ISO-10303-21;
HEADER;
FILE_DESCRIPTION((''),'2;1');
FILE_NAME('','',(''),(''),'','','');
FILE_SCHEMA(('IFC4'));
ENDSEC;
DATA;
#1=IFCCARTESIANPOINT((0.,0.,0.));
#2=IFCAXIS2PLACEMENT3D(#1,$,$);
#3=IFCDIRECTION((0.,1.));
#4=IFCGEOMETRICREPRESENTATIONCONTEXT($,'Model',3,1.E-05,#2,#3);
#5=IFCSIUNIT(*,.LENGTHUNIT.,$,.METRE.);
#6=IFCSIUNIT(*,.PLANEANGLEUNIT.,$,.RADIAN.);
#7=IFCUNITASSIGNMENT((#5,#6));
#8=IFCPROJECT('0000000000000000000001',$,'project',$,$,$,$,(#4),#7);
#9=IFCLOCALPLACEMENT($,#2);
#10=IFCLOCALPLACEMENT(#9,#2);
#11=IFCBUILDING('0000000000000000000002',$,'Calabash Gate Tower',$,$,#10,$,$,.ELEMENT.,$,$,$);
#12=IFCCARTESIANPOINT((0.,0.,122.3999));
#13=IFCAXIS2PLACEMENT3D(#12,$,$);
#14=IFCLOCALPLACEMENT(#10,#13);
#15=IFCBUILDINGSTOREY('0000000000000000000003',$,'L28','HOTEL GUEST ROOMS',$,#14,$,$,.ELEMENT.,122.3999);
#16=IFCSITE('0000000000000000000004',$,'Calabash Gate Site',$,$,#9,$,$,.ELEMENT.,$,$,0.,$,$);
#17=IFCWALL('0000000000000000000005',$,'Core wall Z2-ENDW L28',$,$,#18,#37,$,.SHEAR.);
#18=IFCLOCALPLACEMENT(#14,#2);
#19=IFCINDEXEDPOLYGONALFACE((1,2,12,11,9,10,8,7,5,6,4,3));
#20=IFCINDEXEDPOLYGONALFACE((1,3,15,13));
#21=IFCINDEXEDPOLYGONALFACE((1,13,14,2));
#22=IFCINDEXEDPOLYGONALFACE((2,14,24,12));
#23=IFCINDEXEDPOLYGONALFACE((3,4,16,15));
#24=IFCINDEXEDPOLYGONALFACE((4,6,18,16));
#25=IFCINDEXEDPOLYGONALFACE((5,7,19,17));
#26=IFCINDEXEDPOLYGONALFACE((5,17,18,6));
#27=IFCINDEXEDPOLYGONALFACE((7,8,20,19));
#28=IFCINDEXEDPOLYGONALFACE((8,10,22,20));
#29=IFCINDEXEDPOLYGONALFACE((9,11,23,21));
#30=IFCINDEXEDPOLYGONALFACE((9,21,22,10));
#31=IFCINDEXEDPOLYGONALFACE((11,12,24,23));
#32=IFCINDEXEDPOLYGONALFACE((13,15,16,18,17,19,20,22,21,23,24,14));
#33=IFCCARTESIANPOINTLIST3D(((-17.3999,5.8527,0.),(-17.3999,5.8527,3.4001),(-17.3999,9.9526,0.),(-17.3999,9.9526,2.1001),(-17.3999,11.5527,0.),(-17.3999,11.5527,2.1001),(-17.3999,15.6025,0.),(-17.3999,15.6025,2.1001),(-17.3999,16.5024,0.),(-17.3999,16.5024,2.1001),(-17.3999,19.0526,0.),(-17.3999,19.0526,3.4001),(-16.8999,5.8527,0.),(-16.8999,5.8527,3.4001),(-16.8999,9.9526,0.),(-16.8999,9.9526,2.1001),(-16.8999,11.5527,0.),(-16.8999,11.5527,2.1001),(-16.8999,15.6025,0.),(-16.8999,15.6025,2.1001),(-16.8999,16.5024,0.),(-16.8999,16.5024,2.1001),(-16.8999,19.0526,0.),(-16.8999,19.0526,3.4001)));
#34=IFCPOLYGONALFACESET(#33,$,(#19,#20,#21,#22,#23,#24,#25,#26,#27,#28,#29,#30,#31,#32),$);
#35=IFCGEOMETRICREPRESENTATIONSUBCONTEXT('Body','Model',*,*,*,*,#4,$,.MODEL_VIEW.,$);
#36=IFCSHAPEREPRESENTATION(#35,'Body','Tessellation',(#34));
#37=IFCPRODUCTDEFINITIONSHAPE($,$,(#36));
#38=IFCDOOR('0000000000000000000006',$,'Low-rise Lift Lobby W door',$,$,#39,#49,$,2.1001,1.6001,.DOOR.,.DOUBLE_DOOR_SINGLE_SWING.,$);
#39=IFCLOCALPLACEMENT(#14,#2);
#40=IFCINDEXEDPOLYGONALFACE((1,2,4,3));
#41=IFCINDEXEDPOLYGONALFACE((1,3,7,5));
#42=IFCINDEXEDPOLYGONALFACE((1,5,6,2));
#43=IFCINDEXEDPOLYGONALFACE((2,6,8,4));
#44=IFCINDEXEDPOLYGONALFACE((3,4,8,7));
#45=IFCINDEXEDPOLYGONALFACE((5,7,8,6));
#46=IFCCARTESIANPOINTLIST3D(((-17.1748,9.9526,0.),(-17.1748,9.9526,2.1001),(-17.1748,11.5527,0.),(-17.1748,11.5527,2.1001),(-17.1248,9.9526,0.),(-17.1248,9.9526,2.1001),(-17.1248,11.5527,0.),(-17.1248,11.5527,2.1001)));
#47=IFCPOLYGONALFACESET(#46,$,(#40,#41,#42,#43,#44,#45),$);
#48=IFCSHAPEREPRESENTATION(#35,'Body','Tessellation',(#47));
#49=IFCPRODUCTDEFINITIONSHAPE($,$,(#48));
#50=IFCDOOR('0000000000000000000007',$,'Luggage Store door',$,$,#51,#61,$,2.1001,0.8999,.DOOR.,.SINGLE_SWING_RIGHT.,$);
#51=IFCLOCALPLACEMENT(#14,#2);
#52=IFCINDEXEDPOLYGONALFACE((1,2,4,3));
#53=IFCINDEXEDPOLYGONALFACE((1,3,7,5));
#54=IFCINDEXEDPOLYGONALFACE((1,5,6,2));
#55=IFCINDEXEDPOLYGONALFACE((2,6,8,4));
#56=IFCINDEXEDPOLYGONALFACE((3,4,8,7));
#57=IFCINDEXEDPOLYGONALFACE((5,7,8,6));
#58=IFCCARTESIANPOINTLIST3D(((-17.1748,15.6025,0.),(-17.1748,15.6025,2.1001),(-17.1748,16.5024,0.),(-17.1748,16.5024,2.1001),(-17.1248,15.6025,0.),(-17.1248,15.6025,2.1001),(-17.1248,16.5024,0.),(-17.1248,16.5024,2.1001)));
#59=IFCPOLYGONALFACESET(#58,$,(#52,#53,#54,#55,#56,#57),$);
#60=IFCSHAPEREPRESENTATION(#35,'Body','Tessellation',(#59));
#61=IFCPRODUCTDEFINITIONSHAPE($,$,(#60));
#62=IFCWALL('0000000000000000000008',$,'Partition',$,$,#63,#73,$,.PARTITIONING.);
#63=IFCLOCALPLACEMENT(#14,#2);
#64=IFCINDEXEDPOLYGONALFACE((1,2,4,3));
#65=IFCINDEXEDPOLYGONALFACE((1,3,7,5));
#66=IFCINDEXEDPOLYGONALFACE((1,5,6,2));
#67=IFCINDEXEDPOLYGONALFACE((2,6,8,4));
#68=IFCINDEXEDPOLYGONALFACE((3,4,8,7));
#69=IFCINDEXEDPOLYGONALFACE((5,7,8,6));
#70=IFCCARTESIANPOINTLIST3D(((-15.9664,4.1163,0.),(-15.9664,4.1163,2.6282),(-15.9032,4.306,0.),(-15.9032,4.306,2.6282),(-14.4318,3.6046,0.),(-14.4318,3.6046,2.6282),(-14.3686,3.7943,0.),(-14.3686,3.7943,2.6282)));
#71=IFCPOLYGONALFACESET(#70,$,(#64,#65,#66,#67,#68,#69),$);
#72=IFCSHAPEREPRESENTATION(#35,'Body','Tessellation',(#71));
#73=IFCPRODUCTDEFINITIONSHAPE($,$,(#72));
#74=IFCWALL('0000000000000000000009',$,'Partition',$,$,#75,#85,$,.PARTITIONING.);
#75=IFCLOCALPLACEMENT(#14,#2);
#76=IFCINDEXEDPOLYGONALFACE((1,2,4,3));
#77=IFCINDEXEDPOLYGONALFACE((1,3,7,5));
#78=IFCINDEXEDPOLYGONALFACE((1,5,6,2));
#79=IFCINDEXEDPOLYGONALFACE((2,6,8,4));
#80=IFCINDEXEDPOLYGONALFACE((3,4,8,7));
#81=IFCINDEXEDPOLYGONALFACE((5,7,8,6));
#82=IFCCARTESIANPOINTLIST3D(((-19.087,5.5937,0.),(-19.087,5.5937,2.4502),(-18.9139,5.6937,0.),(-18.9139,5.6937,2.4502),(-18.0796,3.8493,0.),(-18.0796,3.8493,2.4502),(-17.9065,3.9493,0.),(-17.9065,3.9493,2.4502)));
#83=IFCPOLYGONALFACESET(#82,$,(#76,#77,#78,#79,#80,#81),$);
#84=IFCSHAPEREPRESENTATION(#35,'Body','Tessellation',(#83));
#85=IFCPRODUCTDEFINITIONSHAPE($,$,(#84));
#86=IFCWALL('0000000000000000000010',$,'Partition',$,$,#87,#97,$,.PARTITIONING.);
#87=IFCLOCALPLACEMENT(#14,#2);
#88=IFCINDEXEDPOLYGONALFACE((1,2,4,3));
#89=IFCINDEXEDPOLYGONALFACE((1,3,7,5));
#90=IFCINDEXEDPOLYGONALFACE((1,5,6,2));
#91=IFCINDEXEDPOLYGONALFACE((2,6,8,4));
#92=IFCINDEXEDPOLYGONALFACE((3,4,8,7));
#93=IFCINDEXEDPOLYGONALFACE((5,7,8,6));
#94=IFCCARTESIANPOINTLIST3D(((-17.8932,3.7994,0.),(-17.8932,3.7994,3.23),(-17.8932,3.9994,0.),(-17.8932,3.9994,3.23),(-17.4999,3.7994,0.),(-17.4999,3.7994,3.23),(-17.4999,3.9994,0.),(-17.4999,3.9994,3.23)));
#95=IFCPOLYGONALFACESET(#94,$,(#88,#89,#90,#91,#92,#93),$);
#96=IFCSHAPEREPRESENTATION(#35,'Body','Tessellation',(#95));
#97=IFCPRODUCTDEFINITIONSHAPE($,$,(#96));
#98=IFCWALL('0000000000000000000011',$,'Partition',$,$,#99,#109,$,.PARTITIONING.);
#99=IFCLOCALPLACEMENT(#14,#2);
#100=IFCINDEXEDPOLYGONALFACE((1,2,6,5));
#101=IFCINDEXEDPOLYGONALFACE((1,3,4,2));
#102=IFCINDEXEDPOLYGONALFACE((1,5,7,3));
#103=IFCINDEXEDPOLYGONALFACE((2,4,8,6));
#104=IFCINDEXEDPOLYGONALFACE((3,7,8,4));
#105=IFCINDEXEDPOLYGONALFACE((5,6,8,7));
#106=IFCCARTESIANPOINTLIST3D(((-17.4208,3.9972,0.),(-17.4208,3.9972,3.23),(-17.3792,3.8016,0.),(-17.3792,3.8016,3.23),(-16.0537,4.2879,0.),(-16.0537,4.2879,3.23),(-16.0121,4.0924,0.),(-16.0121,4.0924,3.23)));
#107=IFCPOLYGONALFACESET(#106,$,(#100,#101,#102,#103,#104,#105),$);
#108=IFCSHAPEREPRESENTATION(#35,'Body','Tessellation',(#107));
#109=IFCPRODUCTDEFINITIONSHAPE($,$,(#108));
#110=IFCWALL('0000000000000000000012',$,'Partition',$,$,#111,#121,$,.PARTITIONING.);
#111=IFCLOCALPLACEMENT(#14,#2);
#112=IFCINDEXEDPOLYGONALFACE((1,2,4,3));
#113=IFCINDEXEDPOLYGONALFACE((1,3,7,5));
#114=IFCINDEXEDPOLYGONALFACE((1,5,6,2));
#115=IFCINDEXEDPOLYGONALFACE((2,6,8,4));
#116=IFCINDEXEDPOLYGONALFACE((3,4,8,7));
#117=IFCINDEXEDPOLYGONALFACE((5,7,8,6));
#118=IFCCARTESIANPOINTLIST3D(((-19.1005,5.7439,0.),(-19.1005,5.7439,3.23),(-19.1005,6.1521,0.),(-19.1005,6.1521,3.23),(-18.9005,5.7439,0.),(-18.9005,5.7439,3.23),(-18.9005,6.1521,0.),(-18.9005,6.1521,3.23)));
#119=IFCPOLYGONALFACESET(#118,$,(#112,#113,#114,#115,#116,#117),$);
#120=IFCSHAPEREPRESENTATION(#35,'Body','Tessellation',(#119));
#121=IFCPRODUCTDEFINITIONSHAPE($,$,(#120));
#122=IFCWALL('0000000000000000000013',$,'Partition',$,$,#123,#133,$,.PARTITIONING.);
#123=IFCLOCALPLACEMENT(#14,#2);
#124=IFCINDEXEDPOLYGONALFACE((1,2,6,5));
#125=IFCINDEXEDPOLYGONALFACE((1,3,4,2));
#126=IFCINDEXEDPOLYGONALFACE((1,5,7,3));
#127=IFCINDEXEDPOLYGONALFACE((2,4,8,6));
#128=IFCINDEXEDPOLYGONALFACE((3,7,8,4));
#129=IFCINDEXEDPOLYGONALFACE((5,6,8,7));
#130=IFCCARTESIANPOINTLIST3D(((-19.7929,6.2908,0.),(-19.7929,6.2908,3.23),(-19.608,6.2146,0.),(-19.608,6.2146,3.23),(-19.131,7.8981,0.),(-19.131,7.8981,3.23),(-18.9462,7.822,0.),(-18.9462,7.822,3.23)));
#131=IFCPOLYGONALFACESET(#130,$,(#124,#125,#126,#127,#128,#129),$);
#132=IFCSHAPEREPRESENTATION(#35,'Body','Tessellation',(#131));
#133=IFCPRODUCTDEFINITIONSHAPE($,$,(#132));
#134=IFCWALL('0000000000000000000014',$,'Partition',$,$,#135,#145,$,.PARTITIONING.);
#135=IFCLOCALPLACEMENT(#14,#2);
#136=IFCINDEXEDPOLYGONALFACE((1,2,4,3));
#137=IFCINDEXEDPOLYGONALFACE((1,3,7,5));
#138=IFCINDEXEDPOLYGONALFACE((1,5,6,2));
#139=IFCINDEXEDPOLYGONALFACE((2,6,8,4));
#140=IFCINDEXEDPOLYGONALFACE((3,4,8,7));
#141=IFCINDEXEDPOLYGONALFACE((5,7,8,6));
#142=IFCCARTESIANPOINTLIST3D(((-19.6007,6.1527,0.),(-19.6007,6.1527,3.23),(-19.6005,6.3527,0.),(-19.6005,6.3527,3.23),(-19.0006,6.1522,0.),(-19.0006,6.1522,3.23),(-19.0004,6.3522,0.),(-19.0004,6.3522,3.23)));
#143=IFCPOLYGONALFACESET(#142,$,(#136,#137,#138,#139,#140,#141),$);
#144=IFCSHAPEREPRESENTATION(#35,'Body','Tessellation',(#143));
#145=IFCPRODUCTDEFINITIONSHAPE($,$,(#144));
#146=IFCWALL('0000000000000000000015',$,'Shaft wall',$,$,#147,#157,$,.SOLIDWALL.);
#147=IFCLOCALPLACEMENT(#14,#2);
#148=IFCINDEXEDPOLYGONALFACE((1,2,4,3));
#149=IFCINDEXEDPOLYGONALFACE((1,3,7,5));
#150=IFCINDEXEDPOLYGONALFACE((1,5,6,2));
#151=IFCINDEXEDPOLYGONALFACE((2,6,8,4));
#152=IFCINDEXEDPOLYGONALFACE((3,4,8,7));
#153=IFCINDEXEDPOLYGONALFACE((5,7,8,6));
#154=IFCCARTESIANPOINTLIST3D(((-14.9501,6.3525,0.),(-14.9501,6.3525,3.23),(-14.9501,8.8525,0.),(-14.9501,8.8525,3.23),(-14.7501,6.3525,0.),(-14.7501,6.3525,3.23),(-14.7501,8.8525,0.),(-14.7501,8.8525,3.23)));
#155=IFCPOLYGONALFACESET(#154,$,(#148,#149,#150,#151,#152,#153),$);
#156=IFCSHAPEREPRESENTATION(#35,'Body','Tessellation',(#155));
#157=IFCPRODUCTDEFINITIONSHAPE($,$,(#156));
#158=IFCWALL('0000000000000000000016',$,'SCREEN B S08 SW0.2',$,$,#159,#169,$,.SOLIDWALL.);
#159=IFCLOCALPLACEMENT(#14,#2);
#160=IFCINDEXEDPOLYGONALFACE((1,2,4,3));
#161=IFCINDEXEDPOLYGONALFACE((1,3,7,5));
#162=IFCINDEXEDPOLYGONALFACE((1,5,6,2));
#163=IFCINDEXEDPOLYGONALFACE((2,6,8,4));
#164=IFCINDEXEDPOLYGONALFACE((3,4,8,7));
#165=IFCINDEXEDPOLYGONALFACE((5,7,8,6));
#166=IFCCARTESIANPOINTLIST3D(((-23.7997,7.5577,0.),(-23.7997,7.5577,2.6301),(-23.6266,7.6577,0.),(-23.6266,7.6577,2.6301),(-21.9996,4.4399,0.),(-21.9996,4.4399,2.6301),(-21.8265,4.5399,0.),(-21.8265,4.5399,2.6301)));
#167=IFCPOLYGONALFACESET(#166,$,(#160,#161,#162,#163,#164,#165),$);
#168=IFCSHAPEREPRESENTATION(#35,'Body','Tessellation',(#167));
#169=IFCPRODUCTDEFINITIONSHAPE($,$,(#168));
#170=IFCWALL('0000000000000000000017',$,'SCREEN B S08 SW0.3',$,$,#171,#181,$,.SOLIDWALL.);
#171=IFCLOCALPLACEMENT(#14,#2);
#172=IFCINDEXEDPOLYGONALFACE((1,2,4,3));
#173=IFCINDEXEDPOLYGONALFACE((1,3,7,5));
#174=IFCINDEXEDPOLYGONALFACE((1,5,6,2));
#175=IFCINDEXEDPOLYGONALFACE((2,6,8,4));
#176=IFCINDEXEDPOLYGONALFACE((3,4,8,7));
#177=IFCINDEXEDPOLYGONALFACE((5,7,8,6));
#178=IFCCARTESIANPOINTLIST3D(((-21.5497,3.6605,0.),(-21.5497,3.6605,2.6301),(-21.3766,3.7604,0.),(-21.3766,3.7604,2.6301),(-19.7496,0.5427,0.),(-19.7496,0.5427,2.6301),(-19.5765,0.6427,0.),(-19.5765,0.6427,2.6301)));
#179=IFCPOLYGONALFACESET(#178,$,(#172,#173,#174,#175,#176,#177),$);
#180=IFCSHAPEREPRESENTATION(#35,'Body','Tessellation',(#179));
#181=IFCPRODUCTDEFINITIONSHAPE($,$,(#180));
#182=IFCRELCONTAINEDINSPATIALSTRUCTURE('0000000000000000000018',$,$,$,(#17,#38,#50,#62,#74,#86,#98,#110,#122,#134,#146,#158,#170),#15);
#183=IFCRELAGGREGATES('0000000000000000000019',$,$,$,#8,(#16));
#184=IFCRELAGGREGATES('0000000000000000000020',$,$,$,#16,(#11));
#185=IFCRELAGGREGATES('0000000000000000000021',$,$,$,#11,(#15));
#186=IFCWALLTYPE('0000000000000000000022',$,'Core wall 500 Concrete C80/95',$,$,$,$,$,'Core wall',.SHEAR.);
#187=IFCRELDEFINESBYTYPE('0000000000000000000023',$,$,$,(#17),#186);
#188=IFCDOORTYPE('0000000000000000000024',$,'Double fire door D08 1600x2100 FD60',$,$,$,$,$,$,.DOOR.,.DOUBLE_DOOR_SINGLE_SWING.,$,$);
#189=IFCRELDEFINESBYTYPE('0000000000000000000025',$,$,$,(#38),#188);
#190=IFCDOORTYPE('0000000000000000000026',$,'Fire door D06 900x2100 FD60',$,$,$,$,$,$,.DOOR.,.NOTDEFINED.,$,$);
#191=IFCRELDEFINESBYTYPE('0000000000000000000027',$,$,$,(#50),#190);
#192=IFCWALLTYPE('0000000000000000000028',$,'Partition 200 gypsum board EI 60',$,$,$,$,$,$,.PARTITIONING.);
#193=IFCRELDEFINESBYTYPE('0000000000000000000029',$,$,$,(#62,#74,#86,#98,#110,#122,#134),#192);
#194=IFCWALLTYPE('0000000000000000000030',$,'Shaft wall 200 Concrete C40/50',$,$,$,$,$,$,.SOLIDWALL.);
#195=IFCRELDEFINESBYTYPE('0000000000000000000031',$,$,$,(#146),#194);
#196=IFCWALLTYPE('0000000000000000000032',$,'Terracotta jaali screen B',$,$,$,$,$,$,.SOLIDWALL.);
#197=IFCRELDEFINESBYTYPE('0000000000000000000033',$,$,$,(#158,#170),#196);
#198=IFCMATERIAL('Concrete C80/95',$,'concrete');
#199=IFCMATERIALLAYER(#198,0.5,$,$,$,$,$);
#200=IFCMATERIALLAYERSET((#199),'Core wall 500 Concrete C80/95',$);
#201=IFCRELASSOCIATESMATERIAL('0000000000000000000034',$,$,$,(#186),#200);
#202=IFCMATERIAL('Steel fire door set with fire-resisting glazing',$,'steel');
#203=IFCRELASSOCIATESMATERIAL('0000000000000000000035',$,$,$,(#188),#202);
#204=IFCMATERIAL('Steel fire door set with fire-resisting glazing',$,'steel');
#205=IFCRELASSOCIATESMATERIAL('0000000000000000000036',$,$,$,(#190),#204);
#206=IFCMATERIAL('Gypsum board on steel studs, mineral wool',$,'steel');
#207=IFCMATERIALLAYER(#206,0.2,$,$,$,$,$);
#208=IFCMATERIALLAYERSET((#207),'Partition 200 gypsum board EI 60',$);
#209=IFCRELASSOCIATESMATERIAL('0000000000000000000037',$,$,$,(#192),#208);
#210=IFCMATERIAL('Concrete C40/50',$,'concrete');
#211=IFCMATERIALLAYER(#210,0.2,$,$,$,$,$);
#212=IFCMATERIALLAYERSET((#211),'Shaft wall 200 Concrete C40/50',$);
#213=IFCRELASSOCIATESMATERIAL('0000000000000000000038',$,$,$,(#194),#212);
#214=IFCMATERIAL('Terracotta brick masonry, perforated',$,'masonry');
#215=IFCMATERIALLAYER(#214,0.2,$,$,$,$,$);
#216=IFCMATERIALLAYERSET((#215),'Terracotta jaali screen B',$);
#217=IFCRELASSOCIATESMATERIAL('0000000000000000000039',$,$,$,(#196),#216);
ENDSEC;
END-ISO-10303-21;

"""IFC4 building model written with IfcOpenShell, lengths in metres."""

from ifc_helpers import new_model, si_unit, direction, frame, frame_2d, origin, place, context, subcontext, project, spatial, rectangle, extrude, material, layer, layer_set, type_object, element, fill, save


model = new_model("IFC4")

# Units and contexts
model_context = context("Model", 3, precision=1e-05, world=origin(), true_north=direction((0.0, 1.0)))
body_context = subcontext(model_context, "Body", "Model", "MODEL_VIEW")
ifc_project = project(units=[si_unit("LENGTHUNIT", "METRE"), si_unit("PLANEANGLEUNIT", "RADIAN")], contexts=[model_context])

# Site, building, storey
site_placement = place(None, origin())
site = spatial("IfcSite", under=ifc_project, at=site_placement, Name="Calabash Gate Site", CompositionType="ELEMENT", RefElevation=0.0)
building_placement = place(site_placement, origin())
building = spatial("IfcBuilding", under=site, at=building_placement, Name="Calabash Gate Tower", CompositionType="ELEMENT")
storey_placement = place(building_placement, frame((0.0, 0.0, 122.3999)))
storey = spatial("IfcBuildingStorey", under=building, at=storey_placement, Name="L28", Description="HOTEL GUEST ROOMS", CompositionType="ELEMENT", Elevation=122.3999)

# Wall, openings, doors
ifc_material_1 = material(Name="Concrete C80/95", Category="concrete")
ifc_layer_1 = layer(ifc_material_1, 0.5)
ifc_layer_set_1 = layer_set([ifc_layer_1], Name="Core wall 500 Concrete C80/95")
wall_type_1 = type_object("IfcWallType", Name="Core wall 500 Concrete C80/95", ElementType="Core wall", PredefinedType="SHEAR", material=ifc_layer_set_1)
wall_1_placement = place(storey_placement, frame((-17.1499, 5.8525, 0.0), z_axis=(0.0, 0.0, 1.0), x_axis=(0.0, 1.0, 0.0)))
wall_1 = element("IfcWall", 1, at=wall_1_placement, inside=storey, type_object=wall_type_1, Name="Core wall Z2-ENDW L28", PredefinedType="SHEAR", context=body_context, shape_type="SweptSolid", body=[
    extrude(rectangle(XDim=13.2, YDim=0.5, at=frame_2d((6.6001, 0.0))), origin(), (0.0, 0.0, 1.0), 3.4001),
])
opening_1_placement = place(wall_1_placement, frame((4.1001, 0.0, 0.0)))
opening_1 = element("IfcOpeningElement", 2, at=opening_1_placement, cuts=wall_1, PredefinedType="OPENING", context=body_context, shape_type="SweptSolid", body=[
    extrude(rectangle(XDim=1.6001, YDim=2.1001, at=frame_2d((0.8, 1.05))), frame((0.0, 0.26, 0.0), z_axis=(0.0, -1.0, 0.0), x_axis=(1.0, 0.0, 0.0)), (0.0, 0.0, 1.0), 0.52),
])
opening_2_placement = place(wall_1_placement, frame((9.75, 0.0, 0.0)))
opening_2 = element("IfcOpeningElement", 3, at=opening_2_placement, cuts=wall_1, PredefinedType="OPENING", context=body_context, shape_type="SweptSolid", body=[
    extrude(rectangle(XDim=0.8999, YDim=2.1001, at=frame_2d((0.45, 1.05))), frame((0.0, 0.26, 0.0), z_axis=(0.0, -1.0, 0.0), x_axis=(1.0, 0.0, 0.0)), (0.0, 0.0, 1.0), 0.52),
])
ifc_material_2 = material(Name="Steel fire door set with fire-resisting glazing", Category="steel")
door_type_1 = type_object("IfcDoorType", Name="Double fire door D08 1600x2100 FD60", OperationType="DOUBLE_DOOR_SINGLE_SWING", PredefinedType="DOOR", material=ifc_material_2)
door_1_placement = place(opening_1_placement, origin())
door_1 = element("IfcDoor", 4, at=door_1_placement, inside=storey, type_object=door_type_1, Name="Low-rise Lift Lobby W door", OperationType="DOUBLE_DOOR_SINGLE_SWING", OverallHeight=2.1001, OverallWidth=1.6001, PredefinedType="DOOR", context=body_context, shape_type="SweptSolid", body=[
    extrude(rectangle(XDim=1.6001, YDim=2.1001, at=frame_2d((0.8, 1.05))), frame((0.0, 0.0249, 0.0), z_axis=(0.0, -1.0, 0.0), x_axis=(1.0, 0.0, 0.0)), (0.0, 0.0, 1.0), 0.05),
])
fill(opening_1, door_1)
ifc_material_3 = material(Name="Steel fire door set with fire-resisting glazing", Category="steel")
door_type_2 = type_object("IfcDoorType", Name="Fire door D06 900x2100 FD60", OperationType="NOTDEFINED", PredefinedType="DOOR", material=ifc_material_3)
door_2_placement = place(opening_2_placement, origin())
door_2 = element("IfcDoor", 5, at=door_2_placement, inside=storey, type_object=door_type_2, Name="Luggage Store door", OperationType="SINGLE_SWING_RIGHT", OverallHeight=2.1001, OverallWidth=0.8999, PredefinedType="DOOR", context=body_context, shape_type="SweptSolid", body=[
    extrude(rectangle(XDim=0.8999, YDim=2.1001, at=frame_2d((0.45, 1.05))), frame((0.0, 0.0249, 0.0), z_axis=(0.0, -1.0, 0.0), x_axis=(1.0, 0.0, 0.0)), (0.0, 0.0, 1.0), 0.05),
])
fill(opening_2, door_2)

# Walls
ifc_material_4 = material(Name="Gypsum board on steel studs, mineral wool", Category="steel")
ifc_layer_2 = layer(ifc_material_4, 0.2)
ifc_layer_set_2 = layer_set([ifc_layer_2], Name="Partition 200 gypsum board EI 60")
wall_type_2 = type_object("IfcWallType", Name="Partition 200 gypsum board EI 60", PredefinedType="PARTITIONING", material=ifc_layer_set_2)
wall_2_placement = place(storey_placement, frame((-15.9348, 4.2112, 0.0), z_axis=(0.0, 0.0, 1.0), x_axis=(0.948653, -0.316318, 0.0)))
element("IfcWall", 6, at=wall_2_placement, inside=storey, type_object=wall_type_2, Name="Partition", PredefinedType="PARTITIONING", context=body_context, shape_type="SweptSolid", body=[
    extrude(rectangle(XDim=1.6177, YDim=0.2, at=frame_2d((0.8088, 0.0))), origin(), (0.0, 0.0, 1.0), 2.6282),
])
wall_3_placement = place(storey_placement, frame((-19.0005, 5.6438, 0.0), z_axis=(0.0, 0.0, 1.0), x_axis=(0.500076, -0.865982, 0.0)))
element("IfcWall", 7, at=wall_3_placement, inside=storey, type_object=wall_type_2, Name="Partition", PredefinedType="PARTITIONING", context=body_context, shape_type="SweptSolid", body=[
    extrude(rectangle(XDim=2.0144, YDim=0.2, at=frame_2d((1.0073, 0.0))), origin(), (0.0, 0.0, 1.0), 2.4502),
])
wall_4_placement = place(storey_placement, frame((-17.8933, 3.8994, 0.0), z_axis=(0.0, 0.0, 1.0), x_axis=(1.0, 0.0, 0.0)))
element("IfcWall", 8, at=wall_4_placement, inside=storey, type_object=wall_type_2, Name="Partition", PredefinedType="PARTITIONING", context=body_context, shape_type="SweptSolid", body=[
    extrude(rectangle(XDim=0.3933, YDim=0.2, at=frame_2d((0.1968, 0.0))), origin(), (0.0, 0.0, 1.0), 3.23),
])
wall_5_placement = place(storey_placement, frame((-17.3999, 3.8994, 0.0), z_axis=(0.0, 0.0, 1.0), x_axis=(0.978123, 0.208026, 0.0)))
element("IfcWall", 9, at=wall_5_placement, inside=storey, type_object=wall_type_2, Name="Partition", PredefinedType="PARTITIONING", context=body_context, shape_type="SweptSolid", body=[
    extrude(rectangle(XDim=1.3977, YDim=0.2, at=frame_2d((0.6987, 0.0))), origin(), (0.0, 0.0, 1.0), 3.23),
])
wall_6_placement = place(storey_placement, frame((-19.0005, 6.1521, 0.0), z_axis=(0.0, 0.0, 1.0), x_axis=(0.0, -1.0, 0.0)))
element("IfcWall", 10, at=wall_6_placement, inside=storey, type_object=wall_type_2, Name="Partition", PredefinedType="PARTITIONING", context=body_context, shape_type="SweptSolid", body=[
    extrude(rectangle(XDim=0.4082, YDim=0.2, at=frame_2d((0.2041, 0.0))), origin(), (0.0, 0.0, 1.0), 3.23),
])
wall_7_placement = place(storey_placement, frame((-19.7004, 6.2527, 0.0), z_axis=(0.0, 0.0, 1.0), x_axis=(0.380743, 0.924681, 0.0)))
element("IfcWall", 11, at=wall_7_placement, inside=storey, type_object=wall_type_2, Name="Partition", PredefinedType="PARTITIONING", context=body_context, shape_type="SweptSolid", body=[
    extrude(rectangle(XDim=1.7383, YDim=0.2, at=frame_2d((0.8691, 0.0))), origin(), (0.0, 0.0, 1.0), 3.23),
])
wall_8_placement = place(storey_placement, frame((-19.6006, 6.2527, 0.0), z_axis=(0.0, 0.0, 1.0), x_axis=(1.0, -0.000814, 0.0)))
element("IfcWall", 12, at=wall_8_placement, inside=storey, type_object=wall_type_2, Name="Partition", PredefinedType="PARTITIONING", context=body_context, shape_type="SweptSolid", body=[
    extrude(rectangle(XDim=0.6001, YDim=0.2, at=frame_2d((0.3, 0.0))), origin(), (0.0, 0.0, 1.0), 3.23),
])
ifc_material_5 = material(Name="Concrete C40/50", Category="concrete")
ifc_layer_3 = layer(ifc_material_5, 0.2)
ifc_layer_set_3 = layer_set([ifc_layer_3], Name="Shaft wall 200 Concrete C40/50")
wall_type_3 = type_object("IfcWallType", Name="Shaft wall 200 Concrete C40/50", PredefinedType="SOLIDWALL", material=ifc_layer_set_3)
wall_9_placement = place(storey_placement, frame((-14.8501, 6.3525, 0.0), z_axis=(0.0, 0.0, 1.0), x_axis=(0.0, 1.0, 0.0)))
element("IfcWall", 13, at=wall_9_placement, inside=storey, type_object=wall_type_3, Name="Shaft wall", PredefinedType="SOLIDWALL", context=body_context, shape_type="SweptSolid", body=[
    extrude(rectangle(XDim=2.5, YDim=0.2, at=frame_2d((1.25, 0.0))), origin(), (0.0, 0.0, 1.0), 3.23),
])
ifc_material_6 = material(Name="Terracotta brick masonry, perforated", Category="masonry")
ifc_layer_4 = layer(ifc_material_6, 0.2)
ifc_layer_set_4 = layer_set([ifc_layer_4], Name="Terracotta jaali screen B")
wall_type_4 = type_object("IfcWallType", Name="Terracotta jaali screen B", PredefinedType="SOLIDWALL", material=ifc_layer_set_4)
for number, where, z_axis, x_axis, name in (
    (14, (-23.7131, 7.6077, 0.0), (0.0, 0.0, 1.0), (0.500012, -0.866018, 0.0), "SCREEN B S08 SW0.2"),
    (15, (-21.4631, 3.7104, 0.0), (0.0, 0.0, 1.0), (0.500012, -0.866018, 0.0), "SCREEN B S08 SW0.3"),
):
    element("IfcWall", number, at=place(storey_placement, frame(where, z_axis=z_axis, x_axis=x_axis)), inside=storey, type_object=wall_type_4, Name=name, PredefinedType="SOLIDWALL", context=body_context, shape_type="SweptSolid", body=[
        extrude(rectangle(XDim=3.6001, YDim=0.2, at=frame_2d((1.8, 0.0))), origin(), (0.0, 0.0, 1.0), 2.6301),
    ])

save(model, "model.ifc")
